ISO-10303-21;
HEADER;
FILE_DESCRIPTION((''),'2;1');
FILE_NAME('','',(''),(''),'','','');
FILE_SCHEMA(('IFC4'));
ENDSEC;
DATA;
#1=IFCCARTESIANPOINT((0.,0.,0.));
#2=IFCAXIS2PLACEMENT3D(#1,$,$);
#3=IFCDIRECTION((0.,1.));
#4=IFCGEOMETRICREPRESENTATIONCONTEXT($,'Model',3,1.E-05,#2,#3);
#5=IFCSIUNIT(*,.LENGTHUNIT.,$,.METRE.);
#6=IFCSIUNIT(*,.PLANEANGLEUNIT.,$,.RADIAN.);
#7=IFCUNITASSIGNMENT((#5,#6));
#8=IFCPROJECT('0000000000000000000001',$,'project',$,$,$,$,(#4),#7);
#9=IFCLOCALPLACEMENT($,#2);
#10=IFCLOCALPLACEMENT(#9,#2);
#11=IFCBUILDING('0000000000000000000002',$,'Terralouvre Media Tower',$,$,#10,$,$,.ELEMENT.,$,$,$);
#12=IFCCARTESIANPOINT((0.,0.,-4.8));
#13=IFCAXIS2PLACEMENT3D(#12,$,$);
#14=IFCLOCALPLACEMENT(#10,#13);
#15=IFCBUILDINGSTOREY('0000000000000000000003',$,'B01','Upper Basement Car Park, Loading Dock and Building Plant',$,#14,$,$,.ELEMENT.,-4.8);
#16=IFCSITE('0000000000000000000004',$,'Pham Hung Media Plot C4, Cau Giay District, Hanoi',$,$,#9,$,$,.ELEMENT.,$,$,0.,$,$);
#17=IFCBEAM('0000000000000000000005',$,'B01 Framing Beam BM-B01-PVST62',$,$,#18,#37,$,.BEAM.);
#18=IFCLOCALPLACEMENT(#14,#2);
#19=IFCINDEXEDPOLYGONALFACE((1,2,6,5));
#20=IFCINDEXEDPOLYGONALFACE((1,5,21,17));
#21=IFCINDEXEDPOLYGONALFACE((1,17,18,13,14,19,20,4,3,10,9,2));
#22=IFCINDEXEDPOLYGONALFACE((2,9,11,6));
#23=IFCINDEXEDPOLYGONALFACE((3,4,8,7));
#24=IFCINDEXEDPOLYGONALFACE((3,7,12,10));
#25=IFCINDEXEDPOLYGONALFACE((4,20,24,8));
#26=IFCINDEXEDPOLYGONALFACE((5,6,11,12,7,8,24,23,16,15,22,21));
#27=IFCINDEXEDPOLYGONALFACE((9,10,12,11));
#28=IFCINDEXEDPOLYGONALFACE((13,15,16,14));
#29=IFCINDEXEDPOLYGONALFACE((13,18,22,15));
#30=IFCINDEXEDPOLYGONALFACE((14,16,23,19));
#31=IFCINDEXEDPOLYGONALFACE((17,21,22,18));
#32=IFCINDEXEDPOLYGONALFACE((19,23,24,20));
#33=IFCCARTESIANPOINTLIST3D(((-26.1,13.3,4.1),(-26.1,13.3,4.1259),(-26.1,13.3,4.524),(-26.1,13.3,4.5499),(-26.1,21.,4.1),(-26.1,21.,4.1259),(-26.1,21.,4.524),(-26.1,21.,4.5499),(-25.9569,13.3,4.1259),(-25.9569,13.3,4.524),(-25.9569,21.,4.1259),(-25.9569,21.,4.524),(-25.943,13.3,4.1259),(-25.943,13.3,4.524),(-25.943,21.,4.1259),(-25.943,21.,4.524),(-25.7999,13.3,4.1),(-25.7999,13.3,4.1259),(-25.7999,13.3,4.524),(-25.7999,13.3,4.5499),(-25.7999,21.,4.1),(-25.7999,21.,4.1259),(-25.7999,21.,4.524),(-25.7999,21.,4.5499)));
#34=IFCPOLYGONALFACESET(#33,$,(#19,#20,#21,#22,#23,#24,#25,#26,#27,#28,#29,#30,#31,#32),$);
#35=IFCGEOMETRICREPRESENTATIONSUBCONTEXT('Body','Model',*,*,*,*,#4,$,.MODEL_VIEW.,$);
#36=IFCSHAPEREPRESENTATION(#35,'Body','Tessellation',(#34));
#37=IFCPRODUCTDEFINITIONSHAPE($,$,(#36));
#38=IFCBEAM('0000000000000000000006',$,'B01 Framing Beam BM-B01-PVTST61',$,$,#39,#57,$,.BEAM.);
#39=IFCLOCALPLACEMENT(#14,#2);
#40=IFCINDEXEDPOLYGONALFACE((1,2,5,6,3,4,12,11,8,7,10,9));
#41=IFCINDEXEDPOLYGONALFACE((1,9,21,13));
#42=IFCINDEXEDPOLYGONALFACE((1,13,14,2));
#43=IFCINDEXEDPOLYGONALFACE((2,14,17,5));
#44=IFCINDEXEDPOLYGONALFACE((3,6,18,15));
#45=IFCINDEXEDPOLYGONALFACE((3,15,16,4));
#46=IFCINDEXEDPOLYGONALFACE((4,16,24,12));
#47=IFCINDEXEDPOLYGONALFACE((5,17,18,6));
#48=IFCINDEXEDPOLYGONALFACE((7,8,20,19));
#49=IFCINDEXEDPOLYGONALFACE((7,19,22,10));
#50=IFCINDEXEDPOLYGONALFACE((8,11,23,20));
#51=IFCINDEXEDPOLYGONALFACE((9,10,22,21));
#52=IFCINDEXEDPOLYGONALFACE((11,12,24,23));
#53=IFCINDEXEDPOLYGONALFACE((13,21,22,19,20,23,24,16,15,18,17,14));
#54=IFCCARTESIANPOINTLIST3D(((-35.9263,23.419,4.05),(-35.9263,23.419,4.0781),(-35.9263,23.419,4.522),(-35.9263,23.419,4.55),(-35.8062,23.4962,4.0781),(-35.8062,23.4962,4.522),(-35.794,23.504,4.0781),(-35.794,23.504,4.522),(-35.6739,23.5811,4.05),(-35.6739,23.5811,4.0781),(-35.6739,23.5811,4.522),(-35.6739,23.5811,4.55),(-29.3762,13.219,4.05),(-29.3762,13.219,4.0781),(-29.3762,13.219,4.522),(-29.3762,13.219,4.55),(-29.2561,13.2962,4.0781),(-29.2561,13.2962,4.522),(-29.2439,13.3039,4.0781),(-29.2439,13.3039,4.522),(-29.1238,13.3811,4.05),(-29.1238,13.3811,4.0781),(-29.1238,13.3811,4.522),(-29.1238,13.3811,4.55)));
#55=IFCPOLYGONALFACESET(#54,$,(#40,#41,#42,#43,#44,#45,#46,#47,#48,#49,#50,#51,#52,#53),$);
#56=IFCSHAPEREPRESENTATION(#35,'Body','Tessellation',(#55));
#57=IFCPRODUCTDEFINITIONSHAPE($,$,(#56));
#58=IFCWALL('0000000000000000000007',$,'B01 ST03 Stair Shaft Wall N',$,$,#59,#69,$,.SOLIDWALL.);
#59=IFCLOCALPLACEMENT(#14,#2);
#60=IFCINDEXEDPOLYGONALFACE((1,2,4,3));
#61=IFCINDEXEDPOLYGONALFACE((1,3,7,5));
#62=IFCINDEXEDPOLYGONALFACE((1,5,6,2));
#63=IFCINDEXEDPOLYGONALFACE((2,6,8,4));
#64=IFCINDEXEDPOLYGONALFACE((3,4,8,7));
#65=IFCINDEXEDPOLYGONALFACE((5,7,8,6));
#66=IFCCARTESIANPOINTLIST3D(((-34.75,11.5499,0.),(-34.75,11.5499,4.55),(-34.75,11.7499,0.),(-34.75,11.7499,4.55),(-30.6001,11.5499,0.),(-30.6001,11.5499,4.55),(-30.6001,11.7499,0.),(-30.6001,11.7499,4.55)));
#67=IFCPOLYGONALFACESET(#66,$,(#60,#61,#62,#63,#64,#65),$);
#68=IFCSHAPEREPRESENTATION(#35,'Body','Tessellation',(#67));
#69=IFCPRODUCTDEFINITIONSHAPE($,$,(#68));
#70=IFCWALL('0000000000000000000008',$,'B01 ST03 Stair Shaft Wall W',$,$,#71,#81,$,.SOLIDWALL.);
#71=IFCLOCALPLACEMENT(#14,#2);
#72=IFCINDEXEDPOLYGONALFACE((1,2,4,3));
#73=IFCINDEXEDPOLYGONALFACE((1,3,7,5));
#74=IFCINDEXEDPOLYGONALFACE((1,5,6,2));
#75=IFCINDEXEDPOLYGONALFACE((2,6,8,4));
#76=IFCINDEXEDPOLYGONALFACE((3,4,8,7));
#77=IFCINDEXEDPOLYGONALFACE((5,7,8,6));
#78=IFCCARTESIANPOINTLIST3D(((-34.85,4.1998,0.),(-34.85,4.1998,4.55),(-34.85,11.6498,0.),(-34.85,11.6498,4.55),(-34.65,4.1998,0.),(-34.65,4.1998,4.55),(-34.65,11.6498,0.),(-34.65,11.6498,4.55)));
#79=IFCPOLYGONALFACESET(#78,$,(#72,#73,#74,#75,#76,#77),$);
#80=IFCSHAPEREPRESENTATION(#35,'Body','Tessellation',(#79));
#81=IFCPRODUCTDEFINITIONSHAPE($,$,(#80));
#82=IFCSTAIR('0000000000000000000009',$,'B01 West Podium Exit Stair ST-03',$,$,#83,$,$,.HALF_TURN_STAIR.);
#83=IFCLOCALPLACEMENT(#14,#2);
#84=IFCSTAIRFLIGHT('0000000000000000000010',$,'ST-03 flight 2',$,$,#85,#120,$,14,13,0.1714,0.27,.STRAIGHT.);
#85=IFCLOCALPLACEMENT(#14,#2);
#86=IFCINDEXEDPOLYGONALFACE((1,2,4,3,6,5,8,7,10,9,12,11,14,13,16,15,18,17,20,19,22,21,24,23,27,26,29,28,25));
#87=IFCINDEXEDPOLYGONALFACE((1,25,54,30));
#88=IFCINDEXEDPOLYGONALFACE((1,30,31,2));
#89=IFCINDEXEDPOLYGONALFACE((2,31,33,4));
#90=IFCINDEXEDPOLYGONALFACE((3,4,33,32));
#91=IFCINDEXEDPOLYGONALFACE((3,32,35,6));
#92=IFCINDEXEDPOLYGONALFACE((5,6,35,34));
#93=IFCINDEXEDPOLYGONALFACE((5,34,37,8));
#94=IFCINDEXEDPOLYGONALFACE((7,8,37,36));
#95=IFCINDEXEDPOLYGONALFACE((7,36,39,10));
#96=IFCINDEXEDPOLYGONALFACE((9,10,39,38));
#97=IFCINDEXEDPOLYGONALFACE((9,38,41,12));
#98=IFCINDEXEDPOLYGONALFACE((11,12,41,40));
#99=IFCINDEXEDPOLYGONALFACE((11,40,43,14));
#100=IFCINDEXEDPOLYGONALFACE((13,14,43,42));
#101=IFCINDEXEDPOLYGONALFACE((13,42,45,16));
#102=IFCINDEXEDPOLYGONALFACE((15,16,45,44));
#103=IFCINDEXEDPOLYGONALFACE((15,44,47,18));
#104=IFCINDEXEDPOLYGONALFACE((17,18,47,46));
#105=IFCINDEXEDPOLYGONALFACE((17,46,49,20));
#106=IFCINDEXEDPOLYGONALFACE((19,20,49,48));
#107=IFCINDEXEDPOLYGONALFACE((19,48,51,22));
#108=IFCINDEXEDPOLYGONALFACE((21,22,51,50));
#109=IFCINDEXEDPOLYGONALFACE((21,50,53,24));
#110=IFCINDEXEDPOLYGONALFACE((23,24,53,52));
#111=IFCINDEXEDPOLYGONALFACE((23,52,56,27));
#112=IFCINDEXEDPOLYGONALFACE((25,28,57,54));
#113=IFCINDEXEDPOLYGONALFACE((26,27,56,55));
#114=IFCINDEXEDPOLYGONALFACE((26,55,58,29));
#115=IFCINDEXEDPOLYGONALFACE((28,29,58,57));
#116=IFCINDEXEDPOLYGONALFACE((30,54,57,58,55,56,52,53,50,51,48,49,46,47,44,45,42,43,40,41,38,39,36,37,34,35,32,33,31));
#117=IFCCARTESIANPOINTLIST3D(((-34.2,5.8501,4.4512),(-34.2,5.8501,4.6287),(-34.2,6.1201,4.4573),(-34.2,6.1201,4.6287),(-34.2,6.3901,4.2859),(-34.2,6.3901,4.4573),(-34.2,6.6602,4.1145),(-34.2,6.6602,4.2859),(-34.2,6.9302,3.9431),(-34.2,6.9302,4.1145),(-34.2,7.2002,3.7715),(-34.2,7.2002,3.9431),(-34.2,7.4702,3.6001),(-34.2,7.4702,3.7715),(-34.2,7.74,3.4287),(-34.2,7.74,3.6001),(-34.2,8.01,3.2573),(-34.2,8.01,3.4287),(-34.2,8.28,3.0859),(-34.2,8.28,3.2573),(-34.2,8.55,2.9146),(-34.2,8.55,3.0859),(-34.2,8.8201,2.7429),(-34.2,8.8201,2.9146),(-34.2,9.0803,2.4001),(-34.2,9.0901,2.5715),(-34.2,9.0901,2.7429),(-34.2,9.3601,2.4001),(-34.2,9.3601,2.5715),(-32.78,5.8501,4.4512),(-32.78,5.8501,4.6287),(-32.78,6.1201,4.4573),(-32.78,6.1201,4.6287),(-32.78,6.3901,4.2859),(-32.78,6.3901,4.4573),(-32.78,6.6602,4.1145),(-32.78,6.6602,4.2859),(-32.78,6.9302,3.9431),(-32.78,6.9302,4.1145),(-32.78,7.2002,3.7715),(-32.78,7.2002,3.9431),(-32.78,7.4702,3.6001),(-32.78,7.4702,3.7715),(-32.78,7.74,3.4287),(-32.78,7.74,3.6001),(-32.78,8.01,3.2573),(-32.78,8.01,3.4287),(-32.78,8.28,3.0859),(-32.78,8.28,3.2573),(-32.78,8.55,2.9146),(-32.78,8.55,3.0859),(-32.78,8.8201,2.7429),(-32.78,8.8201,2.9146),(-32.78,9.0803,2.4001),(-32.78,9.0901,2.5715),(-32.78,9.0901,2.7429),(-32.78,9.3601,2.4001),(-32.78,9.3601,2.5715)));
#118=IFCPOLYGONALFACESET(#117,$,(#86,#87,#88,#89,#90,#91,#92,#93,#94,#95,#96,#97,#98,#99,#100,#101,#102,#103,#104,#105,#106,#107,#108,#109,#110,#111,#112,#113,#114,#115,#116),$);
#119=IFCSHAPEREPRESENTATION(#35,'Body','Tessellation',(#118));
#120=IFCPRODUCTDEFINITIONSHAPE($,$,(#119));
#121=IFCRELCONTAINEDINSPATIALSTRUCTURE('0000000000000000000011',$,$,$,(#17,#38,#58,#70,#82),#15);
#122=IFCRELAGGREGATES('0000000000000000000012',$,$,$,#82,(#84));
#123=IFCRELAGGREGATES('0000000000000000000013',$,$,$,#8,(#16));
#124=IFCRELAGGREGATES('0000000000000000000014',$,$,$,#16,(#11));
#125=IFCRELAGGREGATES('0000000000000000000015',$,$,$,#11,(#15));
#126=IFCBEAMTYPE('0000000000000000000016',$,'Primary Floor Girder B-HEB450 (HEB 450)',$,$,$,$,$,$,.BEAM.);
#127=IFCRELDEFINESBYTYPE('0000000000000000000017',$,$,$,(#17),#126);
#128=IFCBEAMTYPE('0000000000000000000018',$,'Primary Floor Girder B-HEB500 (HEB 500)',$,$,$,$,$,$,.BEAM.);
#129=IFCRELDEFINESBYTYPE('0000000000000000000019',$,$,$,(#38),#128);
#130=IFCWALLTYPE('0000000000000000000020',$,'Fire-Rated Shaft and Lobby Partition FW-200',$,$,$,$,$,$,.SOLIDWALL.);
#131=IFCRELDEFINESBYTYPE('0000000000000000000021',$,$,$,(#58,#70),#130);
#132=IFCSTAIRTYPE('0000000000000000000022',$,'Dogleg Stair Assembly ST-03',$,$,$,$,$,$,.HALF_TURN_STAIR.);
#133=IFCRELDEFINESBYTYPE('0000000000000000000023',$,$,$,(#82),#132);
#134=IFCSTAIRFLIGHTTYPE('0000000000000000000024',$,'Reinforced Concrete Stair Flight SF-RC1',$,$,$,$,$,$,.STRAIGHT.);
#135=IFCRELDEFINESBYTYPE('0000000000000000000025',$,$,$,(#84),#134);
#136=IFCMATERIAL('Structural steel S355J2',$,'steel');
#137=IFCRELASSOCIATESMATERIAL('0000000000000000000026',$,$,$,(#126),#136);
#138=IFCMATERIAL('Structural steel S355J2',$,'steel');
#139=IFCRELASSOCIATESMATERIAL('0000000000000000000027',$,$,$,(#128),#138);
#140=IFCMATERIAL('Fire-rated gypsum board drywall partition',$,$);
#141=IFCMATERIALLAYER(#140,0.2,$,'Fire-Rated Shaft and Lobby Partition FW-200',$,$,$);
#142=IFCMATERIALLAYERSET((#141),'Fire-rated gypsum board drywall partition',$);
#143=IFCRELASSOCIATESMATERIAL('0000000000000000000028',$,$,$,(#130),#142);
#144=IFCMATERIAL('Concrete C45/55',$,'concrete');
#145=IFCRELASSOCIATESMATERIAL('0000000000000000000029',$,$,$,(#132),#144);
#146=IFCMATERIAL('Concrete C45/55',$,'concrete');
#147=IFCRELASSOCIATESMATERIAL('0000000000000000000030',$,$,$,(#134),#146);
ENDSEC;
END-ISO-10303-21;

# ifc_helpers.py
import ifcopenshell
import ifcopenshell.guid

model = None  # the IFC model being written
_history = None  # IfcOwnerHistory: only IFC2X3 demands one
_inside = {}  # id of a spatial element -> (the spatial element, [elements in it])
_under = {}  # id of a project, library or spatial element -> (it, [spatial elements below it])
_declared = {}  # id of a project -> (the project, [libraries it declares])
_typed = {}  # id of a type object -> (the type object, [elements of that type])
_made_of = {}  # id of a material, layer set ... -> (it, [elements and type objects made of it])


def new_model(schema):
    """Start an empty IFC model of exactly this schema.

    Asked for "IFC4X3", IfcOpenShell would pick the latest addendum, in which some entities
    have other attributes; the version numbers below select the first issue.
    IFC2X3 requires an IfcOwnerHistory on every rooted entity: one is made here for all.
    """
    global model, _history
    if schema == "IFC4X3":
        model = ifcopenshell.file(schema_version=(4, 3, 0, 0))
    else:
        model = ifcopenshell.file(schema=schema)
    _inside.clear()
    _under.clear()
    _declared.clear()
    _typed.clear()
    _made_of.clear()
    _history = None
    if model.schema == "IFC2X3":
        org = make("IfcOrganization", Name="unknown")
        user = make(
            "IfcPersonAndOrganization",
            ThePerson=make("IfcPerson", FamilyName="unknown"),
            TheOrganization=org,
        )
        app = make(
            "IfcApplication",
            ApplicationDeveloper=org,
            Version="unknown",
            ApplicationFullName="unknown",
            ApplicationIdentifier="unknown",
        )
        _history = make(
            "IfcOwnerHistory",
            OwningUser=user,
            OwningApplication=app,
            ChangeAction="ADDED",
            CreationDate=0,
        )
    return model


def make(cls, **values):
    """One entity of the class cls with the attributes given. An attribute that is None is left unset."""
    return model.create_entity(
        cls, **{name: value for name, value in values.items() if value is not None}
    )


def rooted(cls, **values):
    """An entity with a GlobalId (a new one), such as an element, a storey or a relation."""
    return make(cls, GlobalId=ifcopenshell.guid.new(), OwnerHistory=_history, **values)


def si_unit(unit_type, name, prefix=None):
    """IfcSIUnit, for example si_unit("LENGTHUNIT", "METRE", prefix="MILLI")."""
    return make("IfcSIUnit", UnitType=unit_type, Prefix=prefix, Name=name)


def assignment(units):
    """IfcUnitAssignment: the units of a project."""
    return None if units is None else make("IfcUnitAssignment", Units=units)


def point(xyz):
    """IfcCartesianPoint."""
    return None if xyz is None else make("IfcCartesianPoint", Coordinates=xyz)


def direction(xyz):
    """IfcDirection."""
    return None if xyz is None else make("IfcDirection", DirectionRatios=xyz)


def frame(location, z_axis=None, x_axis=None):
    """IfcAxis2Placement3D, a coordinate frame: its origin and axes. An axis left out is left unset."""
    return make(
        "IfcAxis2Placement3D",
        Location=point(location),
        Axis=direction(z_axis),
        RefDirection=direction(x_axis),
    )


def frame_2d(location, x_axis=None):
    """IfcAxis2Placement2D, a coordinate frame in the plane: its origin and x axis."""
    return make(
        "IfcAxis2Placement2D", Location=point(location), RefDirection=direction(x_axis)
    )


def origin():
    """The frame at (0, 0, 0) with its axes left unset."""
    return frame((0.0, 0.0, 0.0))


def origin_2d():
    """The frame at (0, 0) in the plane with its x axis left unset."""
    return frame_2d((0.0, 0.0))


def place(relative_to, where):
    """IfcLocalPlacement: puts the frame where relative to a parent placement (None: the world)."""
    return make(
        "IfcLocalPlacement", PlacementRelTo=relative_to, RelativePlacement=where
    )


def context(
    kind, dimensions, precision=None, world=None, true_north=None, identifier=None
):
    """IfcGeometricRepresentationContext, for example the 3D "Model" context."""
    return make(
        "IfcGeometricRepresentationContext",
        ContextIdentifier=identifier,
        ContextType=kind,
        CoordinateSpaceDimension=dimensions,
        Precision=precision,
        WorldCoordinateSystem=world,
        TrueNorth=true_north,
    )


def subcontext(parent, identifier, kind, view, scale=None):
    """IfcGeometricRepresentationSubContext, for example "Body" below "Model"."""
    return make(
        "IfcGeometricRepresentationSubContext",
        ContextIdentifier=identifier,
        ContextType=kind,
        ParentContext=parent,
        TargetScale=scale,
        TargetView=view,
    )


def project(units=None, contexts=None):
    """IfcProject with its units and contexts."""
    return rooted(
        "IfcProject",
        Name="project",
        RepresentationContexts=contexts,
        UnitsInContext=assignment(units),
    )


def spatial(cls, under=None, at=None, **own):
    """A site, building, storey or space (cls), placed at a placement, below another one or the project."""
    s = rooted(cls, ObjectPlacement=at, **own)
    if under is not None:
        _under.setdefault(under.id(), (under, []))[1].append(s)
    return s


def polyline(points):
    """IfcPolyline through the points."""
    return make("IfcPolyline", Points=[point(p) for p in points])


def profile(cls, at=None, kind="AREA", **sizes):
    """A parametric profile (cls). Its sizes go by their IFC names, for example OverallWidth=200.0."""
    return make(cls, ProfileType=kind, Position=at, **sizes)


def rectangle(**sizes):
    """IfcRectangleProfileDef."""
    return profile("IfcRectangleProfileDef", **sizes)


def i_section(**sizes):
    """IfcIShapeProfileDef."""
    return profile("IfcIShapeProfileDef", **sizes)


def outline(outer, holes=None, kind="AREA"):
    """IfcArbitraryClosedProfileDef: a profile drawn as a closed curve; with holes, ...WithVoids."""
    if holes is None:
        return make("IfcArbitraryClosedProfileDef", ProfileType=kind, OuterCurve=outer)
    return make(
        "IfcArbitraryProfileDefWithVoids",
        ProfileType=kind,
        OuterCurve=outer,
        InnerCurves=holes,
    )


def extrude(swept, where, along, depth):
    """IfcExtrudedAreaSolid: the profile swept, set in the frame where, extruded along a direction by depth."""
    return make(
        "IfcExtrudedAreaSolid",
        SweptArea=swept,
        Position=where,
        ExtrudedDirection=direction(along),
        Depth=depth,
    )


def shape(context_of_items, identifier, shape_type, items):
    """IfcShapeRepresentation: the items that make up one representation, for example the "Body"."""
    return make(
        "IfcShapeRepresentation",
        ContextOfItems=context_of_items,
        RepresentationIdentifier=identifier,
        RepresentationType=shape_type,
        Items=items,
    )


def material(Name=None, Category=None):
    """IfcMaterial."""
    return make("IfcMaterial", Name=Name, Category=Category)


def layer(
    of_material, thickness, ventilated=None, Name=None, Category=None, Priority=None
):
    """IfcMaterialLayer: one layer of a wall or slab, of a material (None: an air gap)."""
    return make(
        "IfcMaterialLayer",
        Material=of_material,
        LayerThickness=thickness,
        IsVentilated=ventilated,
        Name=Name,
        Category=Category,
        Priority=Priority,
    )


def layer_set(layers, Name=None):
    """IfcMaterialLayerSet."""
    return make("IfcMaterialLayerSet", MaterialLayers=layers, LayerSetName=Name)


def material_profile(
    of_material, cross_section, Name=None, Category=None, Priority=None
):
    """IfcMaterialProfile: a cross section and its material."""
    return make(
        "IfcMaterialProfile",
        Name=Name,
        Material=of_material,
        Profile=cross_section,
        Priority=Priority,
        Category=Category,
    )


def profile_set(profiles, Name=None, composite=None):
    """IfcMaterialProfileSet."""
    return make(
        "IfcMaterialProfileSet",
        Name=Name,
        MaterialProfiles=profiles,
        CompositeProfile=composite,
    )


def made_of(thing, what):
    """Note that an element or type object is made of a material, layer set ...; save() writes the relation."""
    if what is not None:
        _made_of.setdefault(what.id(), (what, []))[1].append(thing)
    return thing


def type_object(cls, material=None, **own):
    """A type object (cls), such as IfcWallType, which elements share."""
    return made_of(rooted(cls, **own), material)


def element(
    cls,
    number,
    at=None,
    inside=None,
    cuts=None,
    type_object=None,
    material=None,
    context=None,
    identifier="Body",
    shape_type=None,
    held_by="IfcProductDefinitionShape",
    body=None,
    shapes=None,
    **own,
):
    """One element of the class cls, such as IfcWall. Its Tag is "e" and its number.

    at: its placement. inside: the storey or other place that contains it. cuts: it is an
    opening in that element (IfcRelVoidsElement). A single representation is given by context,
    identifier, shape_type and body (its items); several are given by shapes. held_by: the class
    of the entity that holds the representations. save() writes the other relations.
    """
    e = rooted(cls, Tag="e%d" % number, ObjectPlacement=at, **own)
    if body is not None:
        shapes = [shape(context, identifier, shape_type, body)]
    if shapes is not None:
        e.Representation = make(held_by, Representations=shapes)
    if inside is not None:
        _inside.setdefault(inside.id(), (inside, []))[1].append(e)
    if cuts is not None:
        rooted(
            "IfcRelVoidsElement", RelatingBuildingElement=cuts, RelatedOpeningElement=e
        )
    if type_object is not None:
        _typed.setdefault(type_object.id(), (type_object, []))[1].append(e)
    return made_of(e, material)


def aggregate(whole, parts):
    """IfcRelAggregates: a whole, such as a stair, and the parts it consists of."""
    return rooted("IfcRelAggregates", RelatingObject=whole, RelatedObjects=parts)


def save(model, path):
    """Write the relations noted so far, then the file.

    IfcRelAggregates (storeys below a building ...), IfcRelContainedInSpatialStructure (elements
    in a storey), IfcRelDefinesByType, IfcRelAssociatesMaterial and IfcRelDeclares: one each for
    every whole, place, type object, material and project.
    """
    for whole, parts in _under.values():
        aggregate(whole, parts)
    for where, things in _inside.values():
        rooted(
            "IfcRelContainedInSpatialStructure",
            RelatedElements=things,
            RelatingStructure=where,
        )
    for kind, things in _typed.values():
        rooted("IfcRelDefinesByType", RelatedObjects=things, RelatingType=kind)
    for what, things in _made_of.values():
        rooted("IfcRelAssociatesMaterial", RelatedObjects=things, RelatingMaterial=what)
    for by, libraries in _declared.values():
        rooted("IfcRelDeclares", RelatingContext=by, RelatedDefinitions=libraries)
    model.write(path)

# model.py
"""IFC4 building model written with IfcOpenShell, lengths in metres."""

from ifc_helpers import new_model, si_unit, direction, frame, frame_2d, origin, origin_2d, place, context, subcontext, project, spatial, polyline, rectangle, i_section, outline, extrude, material, layer, layer_set, material_profile, profile_set, type_object, element, aggregate, save


model = new_model("IFC4")

# Units and contexts
model_context = context("Model", 3, precision=1e-05, world=origin(), true_north=direction((0.0, 1.0)))
body_context = subcontext(model_context, "Body", "Model", "MODEL_VIEW")
ifc_project = project(units=[si_unit("LENGTHUNIT", "METRE"), si_unit("PLANEANGLEUNIT", "RADIAN")], contexts=[model_context])

# Site, building, storey
site_placement = place(None, origin())
site = spatial("IfcSite", under=ifc_project, at=site_placement, Name="Pham Hung Media Plot C4, Cau Giay District, Hanoi", CompositionType="ELEMENT", RefElevation=0.0)
building_placement = place(site_placement, origin())
building = spatial("IfcBuilding", under=site, at=building_placement, Name="Terralouvre Media Tower", CompositionType="ELEMENT")
storey_placement = place(building_placement, frame((0.0, 0.0, -4.8)))
storey = spatial("IfcBuildingStorey", under=building, at=storey_placement, Name="B01", Description="Upper Basement Car Park, Loading Dock and Building Plant", CompositionType="ELEMENT", Elevation=-4.8)

# Beams
ifc_material_1 = material(Name="Structural steel S355J2", Category="steel")
ifc_material_profile_1 = material_profile(ifc_material_1, i_section(OverallWidth=0.3, OverallDepth=0.45, WebThickness=0.0139, FlangeThickness=0.0259, at=origin_2d()), Name="HEB 450")
ifc_profile_set_1 = profile_set([ifc_material_profile_1], Name="Structural steel S355J2")
beam_type_1 = type_object("IfcBeamType", Name="Primary Floor Girder B-HEB450 (HEB 450)", PredefinedType="BEAM", material=ifc_profile_set_1)
beam_1_placement = place(storey_placement, frame((-25.95, 13.3, 4.325), z_axis=(0.0, 1.0, 0.0), x_axis=(-1.0, 0.0, 0.0)))
element("IfcBeam", 1, at=beam_1_placement, inside=storey, type_object=beam_type_1, Name="B01 Framing Beam BM-B01-PVST62", PredefinedType="BEAM", context=body_context, shape_type="SweptSolid", body=[
    extrude(i_section(OverallWidth=0.3, OverallDepth=0.45, WebThickness=0.0139, FlangeThickness=0.0259, at=origin_2d()), origin(), (0.0, 0.0, 1.0), 7.7),
])
ifc_material_2 = material(Name="Structural steel S355J2", Category="steel")
ifc_material_profile_2 = material_profile(ifc_material_2, i_section(OverallWidth=0.3, OverallDepth=0.5, WebThickness=0.0144, FlangeThickness=0.0281, at=origin_2d()), Name="HEB 500")
ifc_profile_set_2 = profile_set([ifc_material_profile_2], Name="Structural steel S355J2")
beam_type_2 = type_object("IfcBeamType", Name="Primary Floor Girder B-HEB500 (HEB 500)", PredefinedType="BEAM", material=ifc_profile_set_2)
beam_2_placement = place(storey_placement, frame((-29.25, 13.3, 4.3), z_axis=(-0.540345, 0.841443, 0.0), x_axis=(-0.841443, -0.540345, 0.0)))
element("IfcBeam", 2, at=beam_2_placement, inside=storey, type_object=beam_type_2, Name="B01 Framing Beam BM-B01-PVTST61", PredefinedType="BEAM", context=body_context, shape_type="SweptSolid", body=[
    extrude(i_section(OverallWidth=0.3, OverallDepth=0.5, WebThickness=0.0144, FlangeThickness=0.0281, at=origin_2d()), origin(), (0.0, 0.0, 1.0), 12.1221),
])

# Walls
ifc_material_3 = material(Name="Fire-rated gypsum board drywall partition")
ifc_layer_1 = layer(ifc_material_3, 0.2, Name="Fire-Rated Shaft and Lobby Partition FW-200")
ifc_layer_set_1 = layer_set([ifc_layer_1], Name="Fire-rated gypsum board drywall partition")
wall_type = type_object("IfcWallType", Name="Fire-Rated Shaft and Lobby Partition FW-200", PredefinedType="SOLIDWALL", material=ifc_layer_set_1)
wall_1_placement = place(storey_placement, frame((-30.6001, 11.6499, 0.0), z_axis=(0.0, 0.0, 1.0), x_axis=(-1.0, 0.0, 0.0)))
element("IfcWall", 3, at=wall_1_placement, inside=storey, type_object=wall_type, Name="B01 ST03 Stair Shaft Wall N", PredefinedType="SOLIDWALL", context=body_context, shape_type="SweptSolid", body=[
    extrude(rectangle(XDim=4.1499, YDim=0.2, at=frame_2d((2.075, 0.0))), origin(), (0.0, 0.0, 1.0), 4.55),
])
wall_2_placement = place(storey_placement, frame((-34.75, 11.6499, 0.0), z_axis=(0.0, 0.0, 1.0), x_axis=(0.0, -1.0, 0.0)))
element("IfcWall", 4, at=wall_2_placement, inside=storey, type_object=wall_type, Name="B01 ST03 Stair Shaft Wall W", PredefinedType="SOLIDWALL", context=body_context, shape_type="SweptSolid", body=[
    extrude(rectangle(XDim=7.45, YDim=0.2, at=frame_2d((3.7251, 0.0))), origin(), (0.0, 0.0, 1.0), 4.55),
])

# Stair, stair flight
ifc_material_4 = material(Name="Concrete C45/55", Category="concrete")
stair_type = type_object("IfcStairType", Name="Dogleg Stair Assembly ST-03", PredefinedType="HALF_TURN_STAIR", material=ifc_material_4)
stair_placement = place(storey_placement, origin())
stair = element("IfcStair", 5, at=stair_placement, inside=storey, type_object=stair_type, Name="B01 West Podium Exit Stair ST-03", PredefinedType="HALF_TURN_STAIR")
ifc_material_5 = material(Name="Concrete C45/55", Category="concrete")
stair_flight_type = type_object("IfcStairFlightType", Name="Reinforced Concrete Stair Flight SF-RC1", PredefinedType="STRAIGHT", material=ifc_material_5)
stair_flight_placement = place(storey_placement, frame((-33.49, 9.3601, 2.4001), z_axis=(0.0, 0.0, 1.0), x_axis=(0.0, -1.0, 0.0)))
stair_flight = element("IfcStairFlight", 6, at=stair_flight_placement, type_object=stair_flight_type, Name="ST-03 flight 2", NumberOfRisers=14, NumberOfTreads=13, PredefinedType="STRAIGHT", RiserHeight=0.1714, TreadLength=0.27, context=body_context, shape_type="SweptSolid", body=[
    extrude(outline(polyline([(0.0, 0.0), (0.0, 0.1714), (0.27, 0.1714), (0.27, 0.3428), (0.54, 0.3428), (0.54, 0.5144), (0.8101, 0.5144), (0.8101, 0.6858), (1.0801, 0.6858), (1.0801, 0.8572), (1.3501, 0.8572), (1.3501, 1.0286), (1.6201, 1.0286), (1.6201, 1.2), (1.8899, 1.2), (1.8899, 1.3713), (2.1599, 1.3713), (2.1599, 1.543), (2.4299, 1.543), (2.4299, 1.7144), (2.7, 1.7144), (2.7, 1.8857), (2.97, 1.8857), (2.97, 2.0571), (3.24, 2.0571), (3.24, 2.2285), (3.51, 2.2285), (3.51, 2.3999), (3.51, 2.051), (0.2798, 0.0), (0.0, 0.0)])), frame((0.0, 0.71, 0.0), z_axis=(0.0, -1.0, 0.0), x_axis=(1.0, 0.0, 0.0)), (0.0, 0.0, 1.0), 1.4199),
])
aggregate(stair, [stair_flight])

save(model, "model.ifc")
